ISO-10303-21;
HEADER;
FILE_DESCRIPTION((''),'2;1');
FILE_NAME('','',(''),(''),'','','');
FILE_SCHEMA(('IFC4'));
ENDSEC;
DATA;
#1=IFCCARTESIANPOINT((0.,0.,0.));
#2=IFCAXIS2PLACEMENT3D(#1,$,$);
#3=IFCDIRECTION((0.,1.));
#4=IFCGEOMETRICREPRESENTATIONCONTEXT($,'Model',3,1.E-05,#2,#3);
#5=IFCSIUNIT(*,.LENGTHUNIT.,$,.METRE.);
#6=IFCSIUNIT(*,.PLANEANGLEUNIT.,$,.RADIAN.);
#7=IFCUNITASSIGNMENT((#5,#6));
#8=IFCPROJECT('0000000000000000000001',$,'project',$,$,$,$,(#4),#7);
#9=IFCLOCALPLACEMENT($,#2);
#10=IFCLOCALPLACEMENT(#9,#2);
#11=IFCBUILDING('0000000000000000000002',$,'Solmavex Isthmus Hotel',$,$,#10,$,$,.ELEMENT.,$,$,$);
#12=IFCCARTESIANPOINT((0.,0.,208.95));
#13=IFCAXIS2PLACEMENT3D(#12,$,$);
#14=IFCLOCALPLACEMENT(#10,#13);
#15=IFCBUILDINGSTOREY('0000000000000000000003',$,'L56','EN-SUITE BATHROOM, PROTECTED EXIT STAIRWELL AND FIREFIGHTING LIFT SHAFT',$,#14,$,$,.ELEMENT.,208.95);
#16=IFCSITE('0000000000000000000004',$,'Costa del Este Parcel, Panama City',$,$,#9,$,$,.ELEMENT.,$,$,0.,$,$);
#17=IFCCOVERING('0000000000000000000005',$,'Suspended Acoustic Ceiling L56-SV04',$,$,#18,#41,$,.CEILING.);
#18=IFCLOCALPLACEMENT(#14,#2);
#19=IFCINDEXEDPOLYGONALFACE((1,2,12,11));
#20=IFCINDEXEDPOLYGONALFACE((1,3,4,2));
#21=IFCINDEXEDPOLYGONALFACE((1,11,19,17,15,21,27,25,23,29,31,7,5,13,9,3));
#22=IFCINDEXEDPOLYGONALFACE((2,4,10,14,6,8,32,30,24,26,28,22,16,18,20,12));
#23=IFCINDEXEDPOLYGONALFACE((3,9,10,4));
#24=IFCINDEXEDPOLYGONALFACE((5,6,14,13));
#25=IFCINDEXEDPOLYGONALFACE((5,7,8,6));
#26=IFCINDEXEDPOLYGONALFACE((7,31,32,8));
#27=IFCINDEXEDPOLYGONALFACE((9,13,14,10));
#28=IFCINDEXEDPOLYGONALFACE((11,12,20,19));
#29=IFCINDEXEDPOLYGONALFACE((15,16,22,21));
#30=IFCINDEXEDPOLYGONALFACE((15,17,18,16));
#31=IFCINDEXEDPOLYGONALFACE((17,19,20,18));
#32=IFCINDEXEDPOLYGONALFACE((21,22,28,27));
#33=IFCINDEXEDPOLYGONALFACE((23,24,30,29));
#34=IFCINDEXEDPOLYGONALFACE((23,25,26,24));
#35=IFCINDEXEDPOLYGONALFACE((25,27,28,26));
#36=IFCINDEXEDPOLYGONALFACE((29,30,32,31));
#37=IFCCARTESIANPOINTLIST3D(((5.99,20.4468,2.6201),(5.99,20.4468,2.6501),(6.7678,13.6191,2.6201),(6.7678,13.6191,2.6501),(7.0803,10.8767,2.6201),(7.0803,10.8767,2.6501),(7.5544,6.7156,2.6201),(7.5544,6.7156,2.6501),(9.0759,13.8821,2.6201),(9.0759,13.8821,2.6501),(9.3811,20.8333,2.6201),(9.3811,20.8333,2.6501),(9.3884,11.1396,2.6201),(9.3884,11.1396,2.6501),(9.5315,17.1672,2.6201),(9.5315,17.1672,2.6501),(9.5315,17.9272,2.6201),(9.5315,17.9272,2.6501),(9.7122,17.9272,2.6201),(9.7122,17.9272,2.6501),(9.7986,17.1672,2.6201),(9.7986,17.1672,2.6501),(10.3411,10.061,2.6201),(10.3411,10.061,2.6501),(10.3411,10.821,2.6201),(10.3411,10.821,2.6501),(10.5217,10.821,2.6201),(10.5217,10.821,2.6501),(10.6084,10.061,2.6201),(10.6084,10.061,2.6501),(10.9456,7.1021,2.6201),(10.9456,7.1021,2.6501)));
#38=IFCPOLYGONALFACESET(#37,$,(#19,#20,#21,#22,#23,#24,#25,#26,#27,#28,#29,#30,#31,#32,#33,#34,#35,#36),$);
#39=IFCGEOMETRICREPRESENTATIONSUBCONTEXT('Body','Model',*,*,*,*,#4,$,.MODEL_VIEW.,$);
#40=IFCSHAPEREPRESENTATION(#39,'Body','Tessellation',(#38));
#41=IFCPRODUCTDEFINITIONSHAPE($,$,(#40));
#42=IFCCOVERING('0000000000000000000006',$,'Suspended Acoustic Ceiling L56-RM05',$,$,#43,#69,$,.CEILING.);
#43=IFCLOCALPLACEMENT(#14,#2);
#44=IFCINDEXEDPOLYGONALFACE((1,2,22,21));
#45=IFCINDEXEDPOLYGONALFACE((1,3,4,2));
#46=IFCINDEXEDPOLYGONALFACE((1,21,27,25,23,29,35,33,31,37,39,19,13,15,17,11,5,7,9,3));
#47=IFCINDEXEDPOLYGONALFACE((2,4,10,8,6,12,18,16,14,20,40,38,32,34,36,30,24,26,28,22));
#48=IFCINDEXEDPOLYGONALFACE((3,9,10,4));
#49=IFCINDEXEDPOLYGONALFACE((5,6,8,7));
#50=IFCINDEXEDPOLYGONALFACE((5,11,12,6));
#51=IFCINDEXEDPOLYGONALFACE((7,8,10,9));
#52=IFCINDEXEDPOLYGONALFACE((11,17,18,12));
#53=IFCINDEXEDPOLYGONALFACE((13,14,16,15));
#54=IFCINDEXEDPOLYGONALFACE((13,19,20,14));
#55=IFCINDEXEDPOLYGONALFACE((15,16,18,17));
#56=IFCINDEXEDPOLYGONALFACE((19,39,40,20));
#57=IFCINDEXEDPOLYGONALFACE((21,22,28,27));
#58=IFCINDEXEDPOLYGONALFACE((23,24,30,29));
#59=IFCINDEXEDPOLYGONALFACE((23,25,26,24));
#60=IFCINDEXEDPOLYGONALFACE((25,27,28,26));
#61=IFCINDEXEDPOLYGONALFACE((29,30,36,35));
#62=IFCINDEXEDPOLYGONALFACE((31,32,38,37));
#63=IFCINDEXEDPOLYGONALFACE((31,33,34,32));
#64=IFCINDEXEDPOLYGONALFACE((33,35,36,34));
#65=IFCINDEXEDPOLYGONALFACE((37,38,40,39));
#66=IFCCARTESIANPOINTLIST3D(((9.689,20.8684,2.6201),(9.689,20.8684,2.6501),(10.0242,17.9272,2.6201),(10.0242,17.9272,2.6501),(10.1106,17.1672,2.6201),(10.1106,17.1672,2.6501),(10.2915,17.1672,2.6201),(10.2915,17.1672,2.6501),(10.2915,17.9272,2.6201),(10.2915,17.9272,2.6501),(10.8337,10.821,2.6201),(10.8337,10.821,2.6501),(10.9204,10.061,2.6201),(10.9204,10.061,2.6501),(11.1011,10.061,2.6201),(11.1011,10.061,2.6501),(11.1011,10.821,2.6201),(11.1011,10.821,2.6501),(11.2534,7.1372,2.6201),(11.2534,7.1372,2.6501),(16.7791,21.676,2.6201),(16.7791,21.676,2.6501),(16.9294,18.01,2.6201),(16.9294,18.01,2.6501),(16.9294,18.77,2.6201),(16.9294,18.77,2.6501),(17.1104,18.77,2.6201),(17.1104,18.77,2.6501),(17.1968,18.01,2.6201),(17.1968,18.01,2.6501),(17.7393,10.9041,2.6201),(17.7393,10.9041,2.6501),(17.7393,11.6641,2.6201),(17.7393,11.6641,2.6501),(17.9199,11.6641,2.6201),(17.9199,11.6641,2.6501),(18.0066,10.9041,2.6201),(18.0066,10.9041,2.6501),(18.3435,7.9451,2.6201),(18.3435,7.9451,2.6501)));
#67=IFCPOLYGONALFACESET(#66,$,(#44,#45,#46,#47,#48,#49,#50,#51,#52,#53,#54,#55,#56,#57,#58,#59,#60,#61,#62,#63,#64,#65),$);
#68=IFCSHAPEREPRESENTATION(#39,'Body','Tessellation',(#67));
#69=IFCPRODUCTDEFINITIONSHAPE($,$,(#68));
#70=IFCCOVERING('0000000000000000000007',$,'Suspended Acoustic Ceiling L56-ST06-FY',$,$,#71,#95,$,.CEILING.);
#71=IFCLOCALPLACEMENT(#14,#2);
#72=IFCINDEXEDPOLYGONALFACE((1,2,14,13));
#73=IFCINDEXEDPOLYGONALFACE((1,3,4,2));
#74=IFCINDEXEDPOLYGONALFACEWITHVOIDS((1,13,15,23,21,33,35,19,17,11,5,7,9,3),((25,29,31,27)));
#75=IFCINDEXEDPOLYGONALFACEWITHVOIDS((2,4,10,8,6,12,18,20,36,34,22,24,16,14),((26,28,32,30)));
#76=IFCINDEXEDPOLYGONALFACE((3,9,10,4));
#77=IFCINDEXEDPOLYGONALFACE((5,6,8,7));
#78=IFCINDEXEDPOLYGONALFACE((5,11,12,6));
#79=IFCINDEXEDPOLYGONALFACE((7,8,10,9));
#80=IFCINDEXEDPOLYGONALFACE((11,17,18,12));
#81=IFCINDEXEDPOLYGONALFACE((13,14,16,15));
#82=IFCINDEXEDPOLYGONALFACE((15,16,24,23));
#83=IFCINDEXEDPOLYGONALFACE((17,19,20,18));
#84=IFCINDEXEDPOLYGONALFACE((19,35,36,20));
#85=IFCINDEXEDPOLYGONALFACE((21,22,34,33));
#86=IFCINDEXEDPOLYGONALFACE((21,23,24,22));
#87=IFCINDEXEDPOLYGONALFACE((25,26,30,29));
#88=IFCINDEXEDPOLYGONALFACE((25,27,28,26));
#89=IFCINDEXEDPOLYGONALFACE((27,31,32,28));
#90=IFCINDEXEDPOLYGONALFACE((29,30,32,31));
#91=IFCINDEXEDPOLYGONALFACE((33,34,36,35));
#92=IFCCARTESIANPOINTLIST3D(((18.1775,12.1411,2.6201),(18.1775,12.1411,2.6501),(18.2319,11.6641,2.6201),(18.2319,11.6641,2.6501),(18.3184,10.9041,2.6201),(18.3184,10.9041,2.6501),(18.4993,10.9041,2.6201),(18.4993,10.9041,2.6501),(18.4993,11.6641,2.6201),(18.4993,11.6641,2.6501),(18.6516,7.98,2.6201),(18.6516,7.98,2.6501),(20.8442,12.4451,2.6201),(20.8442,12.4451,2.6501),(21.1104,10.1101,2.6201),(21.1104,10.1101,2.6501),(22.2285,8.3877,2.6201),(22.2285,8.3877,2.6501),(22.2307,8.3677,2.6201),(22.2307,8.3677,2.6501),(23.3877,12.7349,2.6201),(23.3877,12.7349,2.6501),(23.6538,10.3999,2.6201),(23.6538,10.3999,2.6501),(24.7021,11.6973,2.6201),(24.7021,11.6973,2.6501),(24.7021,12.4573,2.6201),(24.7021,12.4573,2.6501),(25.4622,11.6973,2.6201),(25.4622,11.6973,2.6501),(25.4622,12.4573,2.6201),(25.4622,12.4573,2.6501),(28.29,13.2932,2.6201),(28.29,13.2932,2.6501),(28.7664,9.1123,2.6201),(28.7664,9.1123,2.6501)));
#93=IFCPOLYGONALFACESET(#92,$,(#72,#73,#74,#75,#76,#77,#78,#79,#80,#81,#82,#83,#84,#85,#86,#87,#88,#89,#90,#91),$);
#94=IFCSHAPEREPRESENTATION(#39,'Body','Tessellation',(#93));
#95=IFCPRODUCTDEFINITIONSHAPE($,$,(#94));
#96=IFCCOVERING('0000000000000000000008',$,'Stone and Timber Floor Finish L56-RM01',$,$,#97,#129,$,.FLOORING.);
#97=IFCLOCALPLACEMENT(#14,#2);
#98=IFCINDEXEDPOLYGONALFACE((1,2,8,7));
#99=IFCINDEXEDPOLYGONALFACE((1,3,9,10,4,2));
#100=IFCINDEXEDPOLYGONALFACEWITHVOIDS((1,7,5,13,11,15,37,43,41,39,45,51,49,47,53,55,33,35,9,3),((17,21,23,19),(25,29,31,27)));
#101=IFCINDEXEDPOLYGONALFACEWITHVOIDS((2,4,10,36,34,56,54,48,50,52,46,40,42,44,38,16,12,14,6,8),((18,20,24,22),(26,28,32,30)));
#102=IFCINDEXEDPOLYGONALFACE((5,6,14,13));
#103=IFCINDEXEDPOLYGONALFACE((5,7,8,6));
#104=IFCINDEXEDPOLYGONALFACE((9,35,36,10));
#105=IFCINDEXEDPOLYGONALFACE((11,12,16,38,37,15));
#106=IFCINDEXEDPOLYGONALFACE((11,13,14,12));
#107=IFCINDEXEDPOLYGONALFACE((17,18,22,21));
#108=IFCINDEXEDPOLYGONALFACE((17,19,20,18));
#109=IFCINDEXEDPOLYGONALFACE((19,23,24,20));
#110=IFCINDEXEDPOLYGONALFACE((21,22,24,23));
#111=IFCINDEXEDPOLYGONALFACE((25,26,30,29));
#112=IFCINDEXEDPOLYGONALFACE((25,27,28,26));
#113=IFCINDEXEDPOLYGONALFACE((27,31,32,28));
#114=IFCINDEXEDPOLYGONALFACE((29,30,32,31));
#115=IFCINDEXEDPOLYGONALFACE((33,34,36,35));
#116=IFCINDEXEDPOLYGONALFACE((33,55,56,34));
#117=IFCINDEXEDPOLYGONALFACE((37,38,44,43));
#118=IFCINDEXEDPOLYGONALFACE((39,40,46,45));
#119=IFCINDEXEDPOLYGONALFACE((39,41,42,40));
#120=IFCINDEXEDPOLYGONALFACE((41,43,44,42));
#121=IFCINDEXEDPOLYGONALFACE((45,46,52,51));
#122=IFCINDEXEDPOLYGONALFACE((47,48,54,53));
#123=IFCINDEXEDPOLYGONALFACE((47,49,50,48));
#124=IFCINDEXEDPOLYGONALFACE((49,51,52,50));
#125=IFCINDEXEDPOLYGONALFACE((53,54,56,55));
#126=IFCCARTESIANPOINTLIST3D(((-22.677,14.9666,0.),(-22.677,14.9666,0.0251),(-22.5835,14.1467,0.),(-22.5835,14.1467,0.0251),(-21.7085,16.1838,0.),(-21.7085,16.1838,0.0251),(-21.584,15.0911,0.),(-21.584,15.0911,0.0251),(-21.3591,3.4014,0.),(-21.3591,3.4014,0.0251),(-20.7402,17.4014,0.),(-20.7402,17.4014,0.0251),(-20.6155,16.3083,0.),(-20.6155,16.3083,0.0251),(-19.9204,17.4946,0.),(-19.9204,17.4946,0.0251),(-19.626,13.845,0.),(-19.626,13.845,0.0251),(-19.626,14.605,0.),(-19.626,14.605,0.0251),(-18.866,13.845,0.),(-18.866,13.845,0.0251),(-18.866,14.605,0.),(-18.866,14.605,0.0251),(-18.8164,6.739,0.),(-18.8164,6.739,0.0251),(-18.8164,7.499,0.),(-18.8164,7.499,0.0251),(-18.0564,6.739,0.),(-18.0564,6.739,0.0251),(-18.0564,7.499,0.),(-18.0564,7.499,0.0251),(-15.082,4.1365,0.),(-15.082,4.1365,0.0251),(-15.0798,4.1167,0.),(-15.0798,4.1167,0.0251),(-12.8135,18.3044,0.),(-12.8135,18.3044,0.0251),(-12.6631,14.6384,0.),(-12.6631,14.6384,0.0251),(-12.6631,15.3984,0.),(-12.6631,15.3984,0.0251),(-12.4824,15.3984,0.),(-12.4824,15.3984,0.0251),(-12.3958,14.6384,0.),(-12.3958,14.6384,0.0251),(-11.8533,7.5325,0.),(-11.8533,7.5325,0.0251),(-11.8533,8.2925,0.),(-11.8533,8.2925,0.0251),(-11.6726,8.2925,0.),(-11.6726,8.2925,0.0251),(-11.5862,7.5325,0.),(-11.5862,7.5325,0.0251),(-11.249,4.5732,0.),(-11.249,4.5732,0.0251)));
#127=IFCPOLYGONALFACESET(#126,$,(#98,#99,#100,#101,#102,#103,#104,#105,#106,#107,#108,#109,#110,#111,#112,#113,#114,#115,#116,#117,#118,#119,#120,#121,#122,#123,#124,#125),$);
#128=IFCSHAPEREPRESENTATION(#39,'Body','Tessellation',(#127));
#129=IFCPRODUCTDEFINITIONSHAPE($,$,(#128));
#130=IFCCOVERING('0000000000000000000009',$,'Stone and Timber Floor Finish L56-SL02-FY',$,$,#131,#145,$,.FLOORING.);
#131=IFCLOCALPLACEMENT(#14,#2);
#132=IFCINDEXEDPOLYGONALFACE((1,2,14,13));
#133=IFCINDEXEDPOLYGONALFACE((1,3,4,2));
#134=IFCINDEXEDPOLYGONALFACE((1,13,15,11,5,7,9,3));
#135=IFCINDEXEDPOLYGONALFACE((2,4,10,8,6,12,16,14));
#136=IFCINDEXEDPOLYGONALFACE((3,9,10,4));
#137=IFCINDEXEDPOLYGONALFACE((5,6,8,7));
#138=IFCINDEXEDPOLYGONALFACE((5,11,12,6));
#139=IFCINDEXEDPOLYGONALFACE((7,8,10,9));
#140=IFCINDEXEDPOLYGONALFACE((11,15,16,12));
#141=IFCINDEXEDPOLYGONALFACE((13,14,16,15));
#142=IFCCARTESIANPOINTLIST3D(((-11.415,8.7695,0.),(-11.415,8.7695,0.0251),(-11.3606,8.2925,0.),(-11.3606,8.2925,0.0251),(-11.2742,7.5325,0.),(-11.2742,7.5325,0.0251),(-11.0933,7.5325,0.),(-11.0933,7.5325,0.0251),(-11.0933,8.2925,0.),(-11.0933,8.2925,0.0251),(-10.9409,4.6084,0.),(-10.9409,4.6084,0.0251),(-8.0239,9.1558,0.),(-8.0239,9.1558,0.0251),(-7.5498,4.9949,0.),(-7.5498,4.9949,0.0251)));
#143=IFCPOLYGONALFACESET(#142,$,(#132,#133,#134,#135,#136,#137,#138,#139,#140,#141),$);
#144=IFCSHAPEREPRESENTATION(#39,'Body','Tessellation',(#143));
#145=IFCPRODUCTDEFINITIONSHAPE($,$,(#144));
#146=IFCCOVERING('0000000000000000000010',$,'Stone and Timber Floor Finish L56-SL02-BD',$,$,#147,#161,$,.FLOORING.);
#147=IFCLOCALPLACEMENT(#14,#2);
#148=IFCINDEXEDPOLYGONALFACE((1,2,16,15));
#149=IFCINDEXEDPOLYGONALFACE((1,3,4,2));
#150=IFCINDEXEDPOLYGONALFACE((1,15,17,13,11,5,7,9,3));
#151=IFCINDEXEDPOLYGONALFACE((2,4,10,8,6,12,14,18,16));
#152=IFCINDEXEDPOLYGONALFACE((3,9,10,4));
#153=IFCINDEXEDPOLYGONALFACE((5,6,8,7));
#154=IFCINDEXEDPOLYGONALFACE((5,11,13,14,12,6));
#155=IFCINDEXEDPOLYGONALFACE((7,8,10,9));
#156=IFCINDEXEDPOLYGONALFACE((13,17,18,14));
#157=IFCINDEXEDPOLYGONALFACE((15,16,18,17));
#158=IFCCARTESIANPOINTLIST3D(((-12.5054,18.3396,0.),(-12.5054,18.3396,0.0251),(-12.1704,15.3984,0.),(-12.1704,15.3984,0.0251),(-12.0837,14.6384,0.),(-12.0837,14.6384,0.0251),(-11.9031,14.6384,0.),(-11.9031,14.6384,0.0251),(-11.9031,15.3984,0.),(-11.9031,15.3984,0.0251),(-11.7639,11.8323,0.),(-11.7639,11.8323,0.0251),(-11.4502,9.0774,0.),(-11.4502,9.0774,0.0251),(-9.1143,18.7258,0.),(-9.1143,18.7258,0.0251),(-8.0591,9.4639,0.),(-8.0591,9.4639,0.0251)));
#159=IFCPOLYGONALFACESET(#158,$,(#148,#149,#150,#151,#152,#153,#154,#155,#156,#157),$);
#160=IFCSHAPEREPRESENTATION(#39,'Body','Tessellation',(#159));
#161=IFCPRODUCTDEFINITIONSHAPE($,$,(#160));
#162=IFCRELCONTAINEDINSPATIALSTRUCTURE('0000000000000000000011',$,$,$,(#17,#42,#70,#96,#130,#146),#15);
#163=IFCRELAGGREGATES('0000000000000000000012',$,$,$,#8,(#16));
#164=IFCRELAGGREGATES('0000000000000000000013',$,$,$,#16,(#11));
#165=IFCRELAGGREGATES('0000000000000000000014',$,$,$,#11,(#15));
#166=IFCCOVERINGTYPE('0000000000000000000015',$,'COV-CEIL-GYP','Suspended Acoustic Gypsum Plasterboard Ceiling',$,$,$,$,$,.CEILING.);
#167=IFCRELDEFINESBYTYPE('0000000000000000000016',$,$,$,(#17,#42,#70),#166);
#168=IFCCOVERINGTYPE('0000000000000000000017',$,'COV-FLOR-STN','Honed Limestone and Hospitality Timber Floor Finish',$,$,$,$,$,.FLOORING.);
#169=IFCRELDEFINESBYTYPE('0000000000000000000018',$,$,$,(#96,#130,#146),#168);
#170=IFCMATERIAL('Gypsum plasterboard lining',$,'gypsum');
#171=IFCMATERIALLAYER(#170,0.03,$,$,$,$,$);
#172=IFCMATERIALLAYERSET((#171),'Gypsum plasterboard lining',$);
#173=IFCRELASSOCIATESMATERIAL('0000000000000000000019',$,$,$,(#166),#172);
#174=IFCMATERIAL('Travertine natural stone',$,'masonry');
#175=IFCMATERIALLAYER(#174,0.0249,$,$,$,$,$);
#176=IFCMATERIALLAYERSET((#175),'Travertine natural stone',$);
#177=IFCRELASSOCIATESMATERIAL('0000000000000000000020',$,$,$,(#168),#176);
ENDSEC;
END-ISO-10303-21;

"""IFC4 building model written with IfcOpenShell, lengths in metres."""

from ifc_helpers import new_model, si_unit, direction, frame, origin, place, context, subcontext, project, spatial, polyline, outline, extrude, material, layer, layer_set, type_object, element, save


model = new_model("IFC4")

# Units and contexts
model_context = context("Model", 3, precision=1e-05, world=origin(), true_north=direction((0.0, 1.0)))
body_context = subcontext(model_context, "Body", "Model", "MODEL_VIEW")
ifc_project = project(units=[si_unit("LENGTHUNIT", "METRE"), si_unit("PLANEANGLEUNIT", "RADIAN")], contexts=[model_context])

# Site, building, storey
site_placement = place(None, origin())
site = spatial("IfcSite", under=ifc_project, at=site_placement, Name="Costa del Este Parcel, Panama City", CompositionType="ELEMENT", RefElevation=0.0)
building_placement = place(site_placement, origin())
building = spatial("IfcBuilding", under=site, at=building_placement, Name="Solmavex Isthmus Hotel", CompositionType="ELEMENT")
storey_placement = place(building_placement, frame((0.0, 0.0, 208.95)))
storey = spatial("IfcBuildingStorey", under=building, at=storey_placement, Name="L56", Description="EN-SUITE BATHROOM, PROTECTED EXIT STAIRWELL AND FIREFIGHTING LIFT SHAFT", CompositionType="ELEMENT", Elevation=208.95)

# Shared definitions
ifc_material_1 = material(Name="Gypsum plasterboard lining", Category="gypsum")

# Coverings
ifc_layer_1 = layer(ifc_material_1, 0.03)
ifc_layer_set_1 = layer_set([ifc_layer_1], Name="Gypsum plasterboard lining")
covering_type_1 = type_object("IfcCoveringType", Name="COV-CEIL-GYP", Description="Suspended Acoustic Gypsum Plasterboard Ceiling", PredefinedType="CEILING", material=ifc_layer_set_1)
covering_1_placement = place(storey_placement, frame((0.0, 0.0, 2.6201)))
element("IfcCovering", 1, at=covering_1_placement, inside=storey, type_object=covering_type_1, Name="Suspended Acoustic Ceiling L56-SV04", PredefinedType="CEILING", context=body_context, shape_type="SweptSolid", body=[
    extrude(outline(polyline([(9.7986, 17.1672), (9.5315, 17.1672), (9.5315, 17.9272), (9.7122, 17.9272), (9.3811, 20.8333), (5.99, 20.4468), (6.7678, 13.6191), (9.0759, 13.8821), (9.3884, 11.1396), (7.0803, 10.8767), (7.5544, 6.7156), (10.9456, 7.1021), (10.6084, 10.061), (10.3411, 10.061), (10.3411, 10.821), (10.5217, 10.821), (9.7986, 17.1672)])), origin(), (0.0, 0.0, 1.0), 0.03),
])
covering_2_placement = place(storey_placement, frame((0.0, 0.0, 2.6201)))
element("IfcCovering", 2, at=covering_2_placement, inside=storey, type_object=covering_type_1, Name="Suspended Acoustic Ceiling L56-RM05", PredefinedType="CEILING", context=body_context, shape_type="SweptSolid", body=[
    extrude(outline(polyline([(10.8337, 10.821), (11.1011, 10.821), (11.1011, 10.061), (10.9204, 10.061), (11.2534, 7.1372), (18.3435, 7.9451), (18.0066, 10.9041), (17.7393, 10.9041), (17.7393, 11.6641), (17.9199, 11.6641), (17.1968, 18.01), (16.9294, 18.01), (16.9294, 18.77), (17.1104, 18.77), (16.7791, 21.676), (9.689, 20.8684), (10.0242, 17.9272), (10.2915, 17.9272), (10.2915, 17.1672), (10.1106, 17.1672), (10.8337, 10.821)])), origin(), (0.0, 0.0, 1.0), 0.03),
])
covering_3_placement = place(storey_placement, frame((0.0, 0.0, 2.6201)))
element("IfcCovering", 3, at=covering_3_placement, inside=storey, type_object=covering_type_1, Name="Suspended Acoustic Ceiling L56-ST06-FY", PredefinedType="CEILING", context=body_context, shape_type="SweptSolid", body=[
    extrude(outline(polyline([(18.1775, 12.1411), (18.2319, 11.6641), (18.4993, 11.6641), (18.4993, 10.9041), (18.3184, 10.9041), (18.6516, 7.98), (22.2285, 8.3877), (22.2307, 8.3677), (28.7664, 9.1123), (28.29, 13.2932), (23.3877, 12.7349), (23.6538, 10.3999), (21.1104, 10.1101), (20.8442, 12.4451), (18.1775, 12.1411)]), holes=[polyline([(24.7021, 11.6973), (24.7021, 12.4573), (25.4622, 12.4573), (25.4622, 11.6973), (24.7021, 11.6973)])]), origin(), (0.0, 0.0, 1.0), 0.03),
])
ifc_material_2 = material(Name="Travertine natural stone", Category="masonry")
ifc_layer_2 = layer(ifc_material_2, 0.0249)
ifc_layer_set_2 = layer_set([ifc_layer_2], Name="Travertine natural stone")
covering_type_2 = type_object("IfcCoveringType", Name="COV-FLOR-STN", Description="Honed Limestone and Hospitality Timber Floor Finish", PredefinedType="FLOORING", material=ifc_layer_set_2)
covering_4_placement = place(storey_placement, origin())
element("IfcCovering", 4, at=covering_4_placement, inside=storey, type_object=covering_type_2, Name="Stone and Timber Floor Finish L56-RM01", PredefinedType="FLOORING", context=body_context, shape_type="SweptSolid", body=[
    extrude(outline(polyline([(-15.0798, 4.1167), (-15.082, 4.1365), (-11.249, 4.5732), (-11.5862, 7.5325), (-11.8533, 7.5325), (-11.8533, 8.2925), (-11.6726, 8.2925), (-12.3958, 14.6384), (-12.6631, 14.6384), (-12.6631, 15.3984), (-12.4824, 15.3984), (-12.8135, 18.3044), (-19.9204, 17.4946), (-20.7402, 17.4014), (-20.6155, 16.3083), (-21.7085, 16.1838), (-21.584, 15.0911), (-22.677, 14.9666), (-22.5835, 14.1467), (-21.3591, 3.4014), (-15.0798, 4.1167)]), holes=[polyline([(-18.8164, 6.739), (-18.8164, 7.499), (-18.0564, 7.499), (-18.0564, 6.739), (-18.8164, 6.739)]), polyline([(-19.626, 13.845), (-19.626, 14.605), (-18.866, 14.605), (-18.866, 13.845), (-19.626, 13.845)])]), origin(), (0.0, 0.0, 1.0), 0.0251),
])
covering_5_placement = place(storey_placement, origin())
element("IfcCovering", 5, at=covering_5_placement, inside=storey, type_object=covering_type_2, Name="Stone and Timber Floor Finish L56-SL02-FY", PredefinedType="FLOORING", context=body_context, shape_type="SweptSolid", body=[
    extrude(outline(polyline([(-11.3606, 8.2925), (-11.0933, 8.2925), (-11.0933, 7.5325), (-11.2742, 7.5325), (-10.9409, 4.6084), (-7.5498, 4.9949), (-8.0239, 9.1558), (-11.415, 8.7695), (-11.3606, 8.2925)])), origin(), (0.0, 0.0, 1.0), 0.0251),
])
covering_6_placement = place(storey_placement, origin())
element("IfcCovering", 6, at=covering_6_placement, inside=storey, type_object=covering_type_2, Name="Stone and Timber Floor Finish L56-SL02-BD", PredefinedType="FLOORING", context=body_context, shape_type="SweptSolid", body=[
    extrude(outline(polyline([(-12.1704, 15.3984), (-11.9031, 15.3984), (-11.9031, 14.6384), (-12.0837, 14.6384), (-11.7639, 11.8323), (-11.4502, 9.0774), (-8.0591, 9.4639), (-9.1143, 18.7258), (-12.5054, 18.3396), (-12.1704, 15.3984)])), origin(), (0.0, 0.0, 1.0), 0.0251),
])

save(model, "model.ifc")
